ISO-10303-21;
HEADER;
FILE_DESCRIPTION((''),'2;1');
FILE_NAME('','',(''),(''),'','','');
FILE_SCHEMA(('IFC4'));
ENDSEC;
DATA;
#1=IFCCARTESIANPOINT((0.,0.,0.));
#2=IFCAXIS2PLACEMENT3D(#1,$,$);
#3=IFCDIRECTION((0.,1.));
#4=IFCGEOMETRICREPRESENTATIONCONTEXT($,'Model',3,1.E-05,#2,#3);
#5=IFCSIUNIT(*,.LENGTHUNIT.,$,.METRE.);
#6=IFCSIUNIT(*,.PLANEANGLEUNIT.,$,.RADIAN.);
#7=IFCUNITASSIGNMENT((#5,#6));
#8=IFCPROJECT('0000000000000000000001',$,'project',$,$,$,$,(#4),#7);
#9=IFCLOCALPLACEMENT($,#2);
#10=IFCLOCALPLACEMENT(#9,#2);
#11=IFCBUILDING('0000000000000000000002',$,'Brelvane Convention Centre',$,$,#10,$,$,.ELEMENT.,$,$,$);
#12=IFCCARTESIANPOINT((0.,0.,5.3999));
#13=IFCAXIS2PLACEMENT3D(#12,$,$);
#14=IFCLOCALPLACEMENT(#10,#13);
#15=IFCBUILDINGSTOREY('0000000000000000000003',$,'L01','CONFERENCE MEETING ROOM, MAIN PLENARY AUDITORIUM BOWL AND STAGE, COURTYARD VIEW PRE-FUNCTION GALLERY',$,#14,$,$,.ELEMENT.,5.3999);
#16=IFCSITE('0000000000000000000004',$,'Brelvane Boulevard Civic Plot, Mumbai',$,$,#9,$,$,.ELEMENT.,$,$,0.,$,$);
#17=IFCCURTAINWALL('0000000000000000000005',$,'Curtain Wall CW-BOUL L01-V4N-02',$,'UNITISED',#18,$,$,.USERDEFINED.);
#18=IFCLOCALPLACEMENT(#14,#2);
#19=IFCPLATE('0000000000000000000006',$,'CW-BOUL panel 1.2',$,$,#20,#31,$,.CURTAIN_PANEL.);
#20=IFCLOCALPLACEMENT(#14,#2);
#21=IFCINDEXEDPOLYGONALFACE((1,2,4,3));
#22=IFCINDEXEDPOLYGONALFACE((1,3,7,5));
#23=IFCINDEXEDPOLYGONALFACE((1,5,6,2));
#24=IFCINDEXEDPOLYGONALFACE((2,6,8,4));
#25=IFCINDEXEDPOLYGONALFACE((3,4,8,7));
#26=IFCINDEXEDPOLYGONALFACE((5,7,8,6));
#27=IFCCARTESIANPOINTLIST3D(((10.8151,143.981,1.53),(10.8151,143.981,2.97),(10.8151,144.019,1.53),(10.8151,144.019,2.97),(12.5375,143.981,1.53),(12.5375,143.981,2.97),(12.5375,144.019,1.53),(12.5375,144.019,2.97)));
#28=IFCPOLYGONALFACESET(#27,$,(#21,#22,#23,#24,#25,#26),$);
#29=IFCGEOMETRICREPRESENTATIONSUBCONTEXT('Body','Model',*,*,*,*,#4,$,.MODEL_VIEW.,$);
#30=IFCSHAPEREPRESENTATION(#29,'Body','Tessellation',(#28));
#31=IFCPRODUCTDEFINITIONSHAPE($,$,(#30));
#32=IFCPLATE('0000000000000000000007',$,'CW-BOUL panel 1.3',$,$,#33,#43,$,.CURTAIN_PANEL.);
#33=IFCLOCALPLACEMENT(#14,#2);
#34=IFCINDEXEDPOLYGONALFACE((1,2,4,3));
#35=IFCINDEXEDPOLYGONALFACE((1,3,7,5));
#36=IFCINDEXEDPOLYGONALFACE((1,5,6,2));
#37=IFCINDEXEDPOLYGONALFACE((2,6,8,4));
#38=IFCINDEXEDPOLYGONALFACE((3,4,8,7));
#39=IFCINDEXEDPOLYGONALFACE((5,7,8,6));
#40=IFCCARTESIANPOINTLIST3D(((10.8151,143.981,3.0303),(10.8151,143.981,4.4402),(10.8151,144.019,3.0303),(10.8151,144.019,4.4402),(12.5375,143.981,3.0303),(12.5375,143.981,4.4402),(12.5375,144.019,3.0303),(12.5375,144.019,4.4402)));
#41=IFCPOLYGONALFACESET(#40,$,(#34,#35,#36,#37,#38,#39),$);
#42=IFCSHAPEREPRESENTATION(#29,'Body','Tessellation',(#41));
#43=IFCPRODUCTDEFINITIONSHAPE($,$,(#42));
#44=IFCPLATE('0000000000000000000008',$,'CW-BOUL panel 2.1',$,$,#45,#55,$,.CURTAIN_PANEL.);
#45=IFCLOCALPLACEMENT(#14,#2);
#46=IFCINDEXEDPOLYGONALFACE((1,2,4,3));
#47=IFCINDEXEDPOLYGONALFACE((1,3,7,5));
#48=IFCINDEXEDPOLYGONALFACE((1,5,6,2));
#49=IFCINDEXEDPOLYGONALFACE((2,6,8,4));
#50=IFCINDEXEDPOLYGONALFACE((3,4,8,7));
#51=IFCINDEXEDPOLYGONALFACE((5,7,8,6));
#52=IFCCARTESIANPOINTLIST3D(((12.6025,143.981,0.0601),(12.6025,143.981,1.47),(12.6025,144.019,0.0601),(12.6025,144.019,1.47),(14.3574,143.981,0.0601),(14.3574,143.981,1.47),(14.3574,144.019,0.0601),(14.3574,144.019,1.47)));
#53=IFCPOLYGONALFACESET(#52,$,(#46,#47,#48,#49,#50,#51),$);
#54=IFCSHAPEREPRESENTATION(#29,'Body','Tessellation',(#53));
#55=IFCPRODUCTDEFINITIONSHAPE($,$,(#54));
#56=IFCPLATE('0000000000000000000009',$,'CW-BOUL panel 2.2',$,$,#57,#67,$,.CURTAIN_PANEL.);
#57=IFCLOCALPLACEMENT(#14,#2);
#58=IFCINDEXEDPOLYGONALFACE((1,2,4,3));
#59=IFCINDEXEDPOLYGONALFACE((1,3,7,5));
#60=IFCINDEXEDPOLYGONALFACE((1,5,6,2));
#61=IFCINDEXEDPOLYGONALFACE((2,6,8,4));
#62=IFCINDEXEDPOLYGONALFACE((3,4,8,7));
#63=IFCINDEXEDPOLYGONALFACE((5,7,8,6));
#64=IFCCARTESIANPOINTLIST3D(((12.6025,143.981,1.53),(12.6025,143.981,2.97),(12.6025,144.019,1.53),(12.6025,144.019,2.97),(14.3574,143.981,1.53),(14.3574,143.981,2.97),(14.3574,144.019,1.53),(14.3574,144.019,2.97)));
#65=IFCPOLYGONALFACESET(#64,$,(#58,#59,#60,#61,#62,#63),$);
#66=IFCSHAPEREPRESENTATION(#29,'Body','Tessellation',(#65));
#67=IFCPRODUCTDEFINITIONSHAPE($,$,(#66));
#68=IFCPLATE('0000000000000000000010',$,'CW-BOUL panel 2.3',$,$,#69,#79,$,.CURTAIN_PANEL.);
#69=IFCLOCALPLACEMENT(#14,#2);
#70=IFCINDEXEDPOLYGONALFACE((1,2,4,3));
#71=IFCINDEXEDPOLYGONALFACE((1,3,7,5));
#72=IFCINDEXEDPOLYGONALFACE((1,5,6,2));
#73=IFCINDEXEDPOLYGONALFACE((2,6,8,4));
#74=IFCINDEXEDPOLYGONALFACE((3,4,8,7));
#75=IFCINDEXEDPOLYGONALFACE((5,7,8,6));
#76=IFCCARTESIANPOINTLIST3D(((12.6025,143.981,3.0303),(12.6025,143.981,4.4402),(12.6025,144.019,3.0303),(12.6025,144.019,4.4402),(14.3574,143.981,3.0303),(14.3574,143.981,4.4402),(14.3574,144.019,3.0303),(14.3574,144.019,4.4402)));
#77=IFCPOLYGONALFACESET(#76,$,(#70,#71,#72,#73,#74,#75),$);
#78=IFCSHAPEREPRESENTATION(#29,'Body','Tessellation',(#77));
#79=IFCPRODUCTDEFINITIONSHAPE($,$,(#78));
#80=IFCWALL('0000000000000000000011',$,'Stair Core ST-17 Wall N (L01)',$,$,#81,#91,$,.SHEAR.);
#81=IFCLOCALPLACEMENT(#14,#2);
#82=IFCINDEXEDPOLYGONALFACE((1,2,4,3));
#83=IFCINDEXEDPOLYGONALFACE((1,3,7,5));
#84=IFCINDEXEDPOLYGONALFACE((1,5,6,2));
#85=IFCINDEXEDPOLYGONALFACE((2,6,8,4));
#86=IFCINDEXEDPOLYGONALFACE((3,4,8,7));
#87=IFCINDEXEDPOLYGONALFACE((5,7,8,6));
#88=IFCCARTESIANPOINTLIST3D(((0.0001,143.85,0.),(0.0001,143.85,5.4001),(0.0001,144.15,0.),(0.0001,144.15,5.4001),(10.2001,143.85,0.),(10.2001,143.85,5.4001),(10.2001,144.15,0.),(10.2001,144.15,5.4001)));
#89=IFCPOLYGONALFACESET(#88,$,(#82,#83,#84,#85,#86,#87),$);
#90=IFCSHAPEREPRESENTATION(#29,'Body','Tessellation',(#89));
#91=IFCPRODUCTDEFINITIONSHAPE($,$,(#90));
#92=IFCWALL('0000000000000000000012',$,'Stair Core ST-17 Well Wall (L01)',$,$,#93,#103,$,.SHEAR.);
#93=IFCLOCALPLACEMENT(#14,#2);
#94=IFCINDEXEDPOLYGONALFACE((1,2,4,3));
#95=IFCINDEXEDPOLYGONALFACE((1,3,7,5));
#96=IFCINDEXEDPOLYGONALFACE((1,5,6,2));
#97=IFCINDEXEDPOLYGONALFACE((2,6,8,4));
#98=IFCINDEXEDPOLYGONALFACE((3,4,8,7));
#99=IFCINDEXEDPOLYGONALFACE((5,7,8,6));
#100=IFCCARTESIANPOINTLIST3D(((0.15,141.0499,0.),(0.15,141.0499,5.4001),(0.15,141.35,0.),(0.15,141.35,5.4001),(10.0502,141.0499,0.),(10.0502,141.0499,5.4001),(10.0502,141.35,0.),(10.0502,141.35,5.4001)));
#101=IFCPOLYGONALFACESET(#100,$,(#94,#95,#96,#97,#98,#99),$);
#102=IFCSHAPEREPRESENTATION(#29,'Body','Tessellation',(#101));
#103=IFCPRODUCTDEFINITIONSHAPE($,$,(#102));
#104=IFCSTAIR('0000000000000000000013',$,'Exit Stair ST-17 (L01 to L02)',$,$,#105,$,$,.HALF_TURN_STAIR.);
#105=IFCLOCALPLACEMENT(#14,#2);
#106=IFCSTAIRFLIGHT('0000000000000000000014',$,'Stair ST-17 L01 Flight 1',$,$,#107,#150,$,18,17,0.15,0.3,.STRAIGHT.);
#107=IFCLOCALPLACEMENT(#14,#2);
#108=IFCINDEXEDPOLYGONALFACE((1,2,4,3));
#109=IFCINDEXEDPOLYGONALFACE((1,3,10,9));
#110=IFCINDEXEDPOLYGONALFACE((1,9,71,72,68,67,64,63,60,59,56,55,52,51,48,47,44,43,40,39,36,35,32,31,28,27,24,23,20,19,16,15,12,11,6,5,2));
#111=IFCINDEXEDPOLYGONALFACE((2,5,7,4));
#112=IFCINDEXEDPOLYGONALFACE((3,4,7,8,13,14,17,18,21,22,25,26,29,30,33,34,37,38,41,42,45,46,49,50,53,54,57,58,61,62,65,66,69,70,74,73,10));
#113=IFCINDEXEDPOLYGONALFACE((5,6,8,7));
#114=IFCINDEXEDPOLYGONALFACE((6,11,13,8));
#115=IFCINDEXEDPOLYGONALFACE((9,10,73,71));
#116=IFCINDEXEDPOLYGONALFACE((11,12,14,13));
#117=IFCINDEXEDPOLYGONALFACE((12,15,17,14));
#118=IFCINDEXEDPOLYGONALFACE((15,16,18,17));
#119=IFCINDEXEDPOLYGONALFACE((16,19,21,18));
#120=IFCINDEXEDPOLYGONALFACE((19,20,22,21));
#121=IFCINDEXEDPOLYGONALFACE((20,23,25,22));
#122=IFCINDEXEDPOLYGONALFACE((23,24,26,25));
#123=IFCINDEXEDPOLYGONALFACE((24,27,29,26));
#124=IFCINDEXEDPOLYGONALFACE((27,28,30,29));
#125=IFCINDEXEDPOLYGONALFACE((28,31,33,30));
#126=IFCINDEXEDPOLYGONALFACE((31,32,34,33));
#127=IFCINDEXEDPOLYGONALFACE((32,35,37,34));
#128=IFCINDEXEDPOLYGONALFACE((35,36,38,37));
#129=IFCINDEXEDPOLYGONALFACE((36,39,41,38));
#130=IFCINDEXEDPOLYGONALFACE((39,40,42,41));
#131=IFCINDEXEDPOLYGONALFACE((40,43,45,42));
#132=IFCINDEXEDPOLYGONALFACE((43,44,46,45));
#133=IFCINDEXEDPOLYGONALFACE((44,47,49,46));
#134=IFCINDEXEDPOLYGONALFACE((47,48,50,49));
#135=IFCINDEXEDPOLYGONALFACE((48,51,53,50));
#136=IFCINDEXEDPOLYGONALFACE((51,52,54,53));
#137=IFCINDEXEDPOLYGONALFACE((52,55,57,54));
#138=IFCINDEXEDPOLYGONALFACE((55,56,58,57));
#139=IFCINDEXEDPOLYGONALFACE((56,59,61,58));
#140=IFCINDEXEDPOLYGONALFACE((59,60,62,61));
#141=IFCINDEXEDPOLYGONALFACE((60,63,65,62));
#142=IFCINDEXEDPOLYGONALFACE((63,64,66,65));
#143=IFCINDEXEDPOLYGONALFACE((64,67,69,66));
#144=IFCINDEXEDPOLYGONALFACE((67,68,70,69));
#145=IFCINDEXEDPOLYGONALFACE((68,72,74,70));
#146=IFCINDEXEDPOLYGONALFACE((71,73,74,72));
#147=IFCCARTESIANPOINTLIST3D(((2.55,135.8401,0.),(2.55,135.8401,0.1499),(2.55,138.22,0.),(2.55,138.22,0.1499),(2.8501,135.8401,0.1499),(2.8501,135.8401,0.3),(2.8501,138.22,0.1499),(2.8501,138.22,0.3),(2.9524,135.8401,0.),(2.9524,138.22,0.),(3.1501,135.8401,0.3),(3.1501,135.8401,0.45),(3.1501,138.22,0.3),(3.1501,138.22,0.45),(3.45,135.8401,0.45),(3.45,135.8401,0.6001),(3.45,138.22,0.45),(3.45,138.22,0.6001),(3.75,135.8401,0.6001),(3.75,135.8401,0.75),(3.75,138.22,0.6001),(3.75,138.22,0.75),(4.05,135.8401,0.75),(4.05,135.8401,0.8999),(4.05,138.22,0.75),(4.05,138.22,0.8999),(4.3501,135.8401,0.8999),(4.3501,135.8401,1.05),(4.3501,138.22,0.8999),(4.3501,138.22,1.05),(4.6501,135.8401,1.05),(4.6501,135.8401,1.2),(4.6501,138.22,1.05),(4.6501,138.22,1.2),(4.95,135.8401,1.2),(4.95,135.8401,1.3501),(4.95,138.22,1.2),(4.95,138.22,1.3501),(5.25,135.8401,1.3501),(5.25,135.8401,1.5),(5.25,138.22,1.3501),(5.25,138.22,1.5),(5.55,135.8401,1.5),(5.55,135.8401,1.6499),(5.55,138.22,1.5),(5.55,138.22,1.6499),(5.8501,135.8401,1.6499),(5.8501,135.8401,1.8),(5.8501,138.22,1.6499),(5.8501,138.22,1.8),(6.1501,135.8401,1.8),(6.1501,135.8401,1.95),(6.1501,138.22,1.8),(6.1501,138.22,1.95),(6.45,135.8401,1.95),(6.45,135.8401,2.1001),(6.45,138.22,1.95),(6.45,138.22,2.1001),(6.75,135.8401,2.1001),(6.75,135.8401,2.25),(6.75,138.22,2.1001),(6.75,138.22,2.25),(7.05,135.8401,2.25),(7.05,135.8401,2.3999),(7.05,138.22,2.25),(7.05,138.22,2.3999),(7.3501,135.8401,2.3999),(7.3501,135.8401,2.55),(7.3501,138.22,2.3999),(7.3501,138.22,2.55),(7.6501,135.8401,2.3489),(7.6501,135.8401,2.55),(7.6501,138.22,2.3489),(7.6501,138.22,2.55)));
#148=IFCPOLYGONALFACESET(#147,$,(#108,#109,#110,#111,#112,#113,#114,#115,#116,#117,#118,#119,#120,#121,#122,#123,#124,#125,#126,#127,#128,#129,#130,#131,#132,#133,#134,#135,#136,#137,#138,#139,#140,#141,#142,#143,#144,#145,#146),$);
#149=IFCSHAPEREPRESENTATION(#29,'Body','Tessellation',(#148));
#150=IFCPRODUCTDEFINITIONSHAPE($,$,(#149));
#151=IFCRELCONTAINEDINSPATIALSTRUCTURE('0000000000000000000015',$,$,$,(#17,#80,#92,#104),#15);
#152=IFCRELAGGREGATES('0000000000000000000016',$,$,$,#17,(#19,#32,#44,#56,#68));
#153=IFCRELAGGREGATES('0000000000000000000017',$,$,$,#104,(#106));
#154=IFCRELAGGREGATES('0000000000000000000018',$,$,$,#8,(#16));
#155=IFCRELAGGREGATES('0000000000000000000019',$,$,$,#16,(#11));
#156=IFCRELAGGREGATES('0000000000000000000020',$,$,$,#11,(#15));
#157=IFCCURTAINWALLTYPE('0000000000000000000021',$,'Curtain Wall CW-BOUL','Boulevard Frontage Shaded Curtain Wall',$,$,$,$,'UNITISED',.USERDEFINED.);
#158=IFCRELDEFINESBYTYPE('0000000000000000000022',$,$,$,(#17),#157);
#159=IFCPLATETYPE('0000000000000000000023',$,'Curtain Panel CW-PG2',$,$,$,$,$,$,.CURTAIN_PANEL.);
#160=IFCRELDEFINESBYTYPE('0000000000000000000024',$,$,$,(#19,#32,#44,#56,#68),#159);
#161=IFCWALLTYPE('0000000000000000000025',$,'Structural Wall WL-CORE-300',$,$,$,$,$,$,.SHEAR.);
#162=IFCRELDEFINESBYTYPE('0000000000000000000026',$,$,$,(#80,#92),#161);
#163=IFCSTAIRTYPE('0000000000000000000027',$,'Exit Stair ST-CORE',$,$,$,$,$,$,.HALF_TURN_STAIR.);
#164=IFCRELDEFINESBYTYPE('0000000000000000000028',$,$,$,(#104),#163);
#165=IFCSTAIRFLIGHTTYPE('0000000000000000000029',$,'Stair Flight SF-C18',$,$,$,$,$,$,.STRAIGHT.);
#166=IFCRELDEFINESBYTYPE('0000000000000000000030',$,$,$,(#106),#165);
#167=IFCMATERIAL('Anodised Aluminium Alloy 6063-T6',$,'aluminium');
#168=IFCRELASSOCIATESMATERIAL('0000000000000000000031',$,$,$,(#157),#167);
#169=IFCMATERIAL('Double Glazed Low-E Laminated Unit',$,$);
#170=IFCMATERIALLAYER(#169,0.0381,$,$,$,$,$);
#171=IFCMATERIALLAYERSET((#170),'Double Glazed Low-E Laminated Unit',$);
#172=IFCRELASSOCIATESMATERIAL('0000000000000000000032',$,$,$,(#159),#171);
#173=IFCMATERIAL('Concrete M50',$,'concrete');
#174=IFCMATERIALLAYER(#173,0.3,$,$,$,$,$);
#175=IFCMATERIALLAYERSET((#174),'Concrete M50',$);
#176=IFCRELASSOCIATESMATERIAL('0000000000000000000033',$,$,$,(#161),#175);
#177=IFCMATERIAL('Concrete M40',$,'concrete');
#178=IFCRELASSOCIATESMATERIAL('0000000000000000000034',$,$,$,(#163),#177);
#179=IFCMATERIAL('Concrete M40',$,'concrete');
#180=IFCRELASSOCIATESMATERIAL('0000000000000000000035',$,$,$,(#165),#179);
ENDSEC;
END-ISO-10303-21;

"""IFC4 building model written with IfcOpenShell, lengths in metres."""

from ifc_helpers import new_model, si_unit, direction, frame, frame_2d, origin, origin_2d, place, context, subcontext, project, spatial, polyline, rectangle, outline, extrude, material, layer, layer_set, type_object, element, aggregate, save


model = new_model("IFC4")

# Units and contexts
model_context = context("Model", 3, precision=1e-05, world=origin(), true_north=direction((0.0, 1.0)))
body_context = subcontext(model_context, "Body", "Model", "MODEL_VIEW")
ifc_project = project(units=[si_unit("LENGTHUNIT", "METRE"), si_unit("PLANEANGLEUNIT", "RADIAN")], contexts=[model_context])

# Site, building, storey
site_placement = place(None, origin())
site = spatial("IfcSite", under=ifc_project, at=site_placement, Name="Brelvane Boulevard Civic Plot, Mumbai", CompositionType="ELEMENT", RefElevation=0.0)
building_placement = place(site_placement, origin())
building = spatial("IfcBuilding", under=site, at=building_placement, Name="Brelvane Convention Centre", CompositionType="ELEMENT")
storey_placement = place(building_placement, frame((0.0, 0.0, 5.3999)))
storey = spatial("IfcBuildingStorey", under=building, at=storey_placement, Name="L01", Description="CONFERENCE MEETING ROOM, MAIN PLENARY AUDITORIUM BOWL AND STAGE, COURTYARD VIEW PRE-FUNCTION GALLERY", CompositionType="ELEMENT", Elevation=5.3999)

# Curtain wall
ifc_material_1 = material(Name="Anodised Aluminium Alloy 6063-T6", Category="aluminium")
curtain_wall_type = type_object("IfcCurtainWallType", Name="Curtain Wall CW-BOUL", Description="Boulevard Frontage Shaded Curtain Wall", ElementType="UNITISED", PredefinedType="USERDEFINED", material=ifc_material_1)
curtain_wall_placement = place(storey_placement, origin())
curtain_wall = element("IfcCurtainWall", 1, at=curtain_wall_placement, inside=storey, type_object=curtain_wall_type, Name="Curtain Wall CW-BOUL L01-V4N-02", ObjectType="UNITISED", PredefinedType="USERDEFINED")

# Plates
ifc_material_2 = material(Name="Double Glazed Low-E Laminated Unit")
ifc_layer_1 = layer(ifc_material_2, 0.0381)
ifc_layer_set_1 = layer_set([ifc_layer_1], Name="Double Glazed Low-E Laminated Unit")
plate_type = type_object("IfcPlateType", Name="Curtain Panel CW-PG2", PredefinedType="CURTAIN_PANEL", material=ifc_layer_set_1)
plate_1_placement = place(storey_placement, frame((11.6763, 144.0, 1.53), z_axis=(0.0, 0.0, 1.0), x_axis=(1.0, 0.0, 0.0)))
plate_1 = element("IfcPlate", 2, at=plate_1_placement, type_object=plate_type, Name="CW-BOUL panel 1.2", PredefinedType="CURTAIN_PANEL", context=body_context, shape_type="SweptSolid", body=[
    extrude(rectangle(XDim=1.7224, YDim=0.0381, at=origin_2d()), origin(), (0.0, 0.0, 1.0), 1.4399),
])
plate_2_placement = place(storey_placement, frame((11.6763, 144.0, 3.0303), z_axis=(0.0, 0.0, 1.0), x_axis=(1.0, 0.0, 0.0)))
plate_2 = element("IfcPlate", 3, at=plate_2_placement, type_object=plate_type, Name="CW-BOUL panel 1.3", PredefinedType="CURTAIN_PANEL", context=body_context, shape_type="SweptSolid", body=[
    extrude(rectangle(XDim=1.7224, YDim=0.0381, at=origin_2d()), origin(), (0.0, 0.0, 1.0), 1.4099),
])
plate_3_placement = place(storey_placement, frame((13.48, 144.0, 0.0601), z_axis=(0.0, 0.0, 1.0), x_axis=(1.0, 0.0, 0.0)))
plate_3 = element("IfcPlate", 4, at=plate_3_placement, type_object=plate_type, Name="CW-BOUL panel 2.1", PredefinedType="CURTAIN_PANEL", context=body_context, shape_type="SweptSolid", body=[
    extrude(rectangle(XDim=1.7549, YDim=0.0381, at=origin_2d()), origin(), (0.0, 0.0, 1.0), 1.4099),
])
plate_4_placement = place(storey_placement, frame((13.48, 144.0, 1.53), z_axis=(0.0, 0.0, 1.0), x_axis=(1.0, 0.0, 0.0)))
plate_4 = element("IfcPlate", 5, at=plate_4_placement, type_object=plate_type, Name="CW-BOUL panel 2.2", PredefinedType="CURTAIN_PANEL", context=body_context, shape_type="SweptSolid", body=[
    extrude(rectangle(XDim=1.7549, YDim=0.0381, at=origin_2d()), origin(), (0.0, 0.0, 1.0), 1.4399),
])
plate_5_placement = place(storey_placement, frame((13.48, 144.0, 3.0303), z_axis=(0.0, 0.0, 1.0), x_axis=(1.0, 0.0, 0.0)))
plate_5 = element("IfcPlate", 6, at=plate_5_placement, type_object=plate_type, Name="CW-BOUL panel 2.3", PredefinedType="CURTAIN_PANEL", context=body_context, shape_type="SweptSolid", body=[
    extrude(rectangle(XDim=1.7549, YDim=0.0381, at=origin_2d()), origin(), (0.0, 0.0, 1.0), 1.4099),
])
aggregate(curtain_wall, [plate_1, plate_2, plate_3, plate_4, plate_5])

# Walls
ifc_material_3 = material(Name="Concrete M50", Category="concrete")
ifc_layer_2 = layer(ifc_material_3, 0.3)
ifc_layer_set_2 = layer_set([ifc_layer_2], Name="Concrete M50")
wall_type = type_object("IfcWallType", Name="Structural Wall WL-CORE-300", PredefinedType="SHEAR", material=ifc_layer_set_2)
wall_1_placement = place(storey_placement, frame((0.0, 144.0, 0.0), z_axis=(0.0, 0.0, 1.0), x_axis=(1.0, 0.0, 0.0)))
element("IfcWall", 7, at=wall_1_placement, inside=storey, type_object=wall_type, Name="Stair Core ST-17 Wall N (L01)", PredefinedType="SHEAR", context=body_context, shape_type="SweptSolid", body=[
    extrude(rectangle(XDim=10.2, YDim=0.3, at=frame_2d((5.1001, 0.0))), origin(), (0.0, 0.0, 1.0), 5.4001),
])
wall_2_placement = place(storey_placement, frame((0.1499, 141.2, 0.0), z_axis=(0.0, 0.0, 1.0), x_axis=(1.0, 0.0, 0.0)))
element("IfcWall", 8, at=wall_2_placement, inside=storey, type_object=wall_type, Name="Stair Core ST-17 Well Wall (L01)", PredefinedType="SHEAR", context=body_context, shape_type="SweptSolid", body=[
    extrude(rectangle(XDim=9.9001, YDim=0.3, at=frame_2d((4.9502, 0.0))), origin(), (0.0, 0.0, 1.0), 5.4001),
])

# Stair, stair flight
ifc_material_4 = material(Name="Concrete M40", Category="concrete")
stair_type = type_object("IfcStairType", Name="Exit Stair ST-CORE", PredefinedType="HALF_TURN_STAIR", material=ifc_material_4)
stair_placement = place(storey_placement, origin())
stair = element("IfcStair", 9, at=stair_placement, inside=storey, type_object=stair_type, Name="Exit Stair ST-17 (L01 to L02)", PredefinedType="HALF_TURN_STAIR")
ifc_material_5 = material(Name="Concrete M40", Category="concrete")
stair_flight_type = type_object("IfcStairFlightType", Name="Stair Flight SF-C18", PredefinedType="STRAIGHT", material=ifc_material_5)
stair_flight_1_placement = place(storey_placement, frame((2.55, 137.03, 0.0), z_axis=(0.0, 0.0, 1.0), x_axis=(1.0, 0.0, 0.0)))
stair_flight_1 = element("IfcStairFlight", 10, at=stair_flight_1_placement, type_object=stair_flight_type, Name="Stair ST-17 L01 Flight 1", NumberOfRisers=18, NumberOfTreads=17, PredefinedType="STRAIGHT", RiserHeight=0.15, TreadLength=0.3, context=body_context, shape_type="SweptSolid", body=[
    extrude(outline(polyline([(0.0, 0.0), (0.0, 0.1499), (0.3, 0.1499), (0.3, 0.3), (0.6001, 0.3), (0.6001, 0.45), (0.8999, 0.45), (0.8999, 0.6001), (1.2, 0.6001), (1.2, 0.75), (1.5, 0.75), (1.5, 0.8999), (1.8, 0.8999), (1.8, 1.05), (2.1001, 1.05), (2.1001, 1.2), (2.3999, 1.2), (2.3999, 1.3501), (2.7, 1.3501), (2.7, 1.5), (3.0, 1.5), (3.0, 1.6499), (3.3, 1.6499), (3.3, 1.8), (3.6001, 1.8), (3.6001, 1.95), (3.8999, 1.95), (3.8999, 2.1001), (4.2, 2.1001), (4.2, 2.25), (4.5, 2.25), (4.5, 2.3999), (4.8, 2.3999), (4.8, 2.55), (5.1001, 2.55), (5.1001, 2.7), (5.1001, 2.3489), (0.4023, 0.0), (0.0, 0.0)])), frame((0.0, 1.1899, 0.0), z_axis=(0.0, -1.0, 0.0), x_axis=(1.0, 0.0, 0.0)), (0.0, 0.0, 1.0), 2.3799),
])
aggregate(stair, [stair_flight_1])

save(model, "model.ifc")
